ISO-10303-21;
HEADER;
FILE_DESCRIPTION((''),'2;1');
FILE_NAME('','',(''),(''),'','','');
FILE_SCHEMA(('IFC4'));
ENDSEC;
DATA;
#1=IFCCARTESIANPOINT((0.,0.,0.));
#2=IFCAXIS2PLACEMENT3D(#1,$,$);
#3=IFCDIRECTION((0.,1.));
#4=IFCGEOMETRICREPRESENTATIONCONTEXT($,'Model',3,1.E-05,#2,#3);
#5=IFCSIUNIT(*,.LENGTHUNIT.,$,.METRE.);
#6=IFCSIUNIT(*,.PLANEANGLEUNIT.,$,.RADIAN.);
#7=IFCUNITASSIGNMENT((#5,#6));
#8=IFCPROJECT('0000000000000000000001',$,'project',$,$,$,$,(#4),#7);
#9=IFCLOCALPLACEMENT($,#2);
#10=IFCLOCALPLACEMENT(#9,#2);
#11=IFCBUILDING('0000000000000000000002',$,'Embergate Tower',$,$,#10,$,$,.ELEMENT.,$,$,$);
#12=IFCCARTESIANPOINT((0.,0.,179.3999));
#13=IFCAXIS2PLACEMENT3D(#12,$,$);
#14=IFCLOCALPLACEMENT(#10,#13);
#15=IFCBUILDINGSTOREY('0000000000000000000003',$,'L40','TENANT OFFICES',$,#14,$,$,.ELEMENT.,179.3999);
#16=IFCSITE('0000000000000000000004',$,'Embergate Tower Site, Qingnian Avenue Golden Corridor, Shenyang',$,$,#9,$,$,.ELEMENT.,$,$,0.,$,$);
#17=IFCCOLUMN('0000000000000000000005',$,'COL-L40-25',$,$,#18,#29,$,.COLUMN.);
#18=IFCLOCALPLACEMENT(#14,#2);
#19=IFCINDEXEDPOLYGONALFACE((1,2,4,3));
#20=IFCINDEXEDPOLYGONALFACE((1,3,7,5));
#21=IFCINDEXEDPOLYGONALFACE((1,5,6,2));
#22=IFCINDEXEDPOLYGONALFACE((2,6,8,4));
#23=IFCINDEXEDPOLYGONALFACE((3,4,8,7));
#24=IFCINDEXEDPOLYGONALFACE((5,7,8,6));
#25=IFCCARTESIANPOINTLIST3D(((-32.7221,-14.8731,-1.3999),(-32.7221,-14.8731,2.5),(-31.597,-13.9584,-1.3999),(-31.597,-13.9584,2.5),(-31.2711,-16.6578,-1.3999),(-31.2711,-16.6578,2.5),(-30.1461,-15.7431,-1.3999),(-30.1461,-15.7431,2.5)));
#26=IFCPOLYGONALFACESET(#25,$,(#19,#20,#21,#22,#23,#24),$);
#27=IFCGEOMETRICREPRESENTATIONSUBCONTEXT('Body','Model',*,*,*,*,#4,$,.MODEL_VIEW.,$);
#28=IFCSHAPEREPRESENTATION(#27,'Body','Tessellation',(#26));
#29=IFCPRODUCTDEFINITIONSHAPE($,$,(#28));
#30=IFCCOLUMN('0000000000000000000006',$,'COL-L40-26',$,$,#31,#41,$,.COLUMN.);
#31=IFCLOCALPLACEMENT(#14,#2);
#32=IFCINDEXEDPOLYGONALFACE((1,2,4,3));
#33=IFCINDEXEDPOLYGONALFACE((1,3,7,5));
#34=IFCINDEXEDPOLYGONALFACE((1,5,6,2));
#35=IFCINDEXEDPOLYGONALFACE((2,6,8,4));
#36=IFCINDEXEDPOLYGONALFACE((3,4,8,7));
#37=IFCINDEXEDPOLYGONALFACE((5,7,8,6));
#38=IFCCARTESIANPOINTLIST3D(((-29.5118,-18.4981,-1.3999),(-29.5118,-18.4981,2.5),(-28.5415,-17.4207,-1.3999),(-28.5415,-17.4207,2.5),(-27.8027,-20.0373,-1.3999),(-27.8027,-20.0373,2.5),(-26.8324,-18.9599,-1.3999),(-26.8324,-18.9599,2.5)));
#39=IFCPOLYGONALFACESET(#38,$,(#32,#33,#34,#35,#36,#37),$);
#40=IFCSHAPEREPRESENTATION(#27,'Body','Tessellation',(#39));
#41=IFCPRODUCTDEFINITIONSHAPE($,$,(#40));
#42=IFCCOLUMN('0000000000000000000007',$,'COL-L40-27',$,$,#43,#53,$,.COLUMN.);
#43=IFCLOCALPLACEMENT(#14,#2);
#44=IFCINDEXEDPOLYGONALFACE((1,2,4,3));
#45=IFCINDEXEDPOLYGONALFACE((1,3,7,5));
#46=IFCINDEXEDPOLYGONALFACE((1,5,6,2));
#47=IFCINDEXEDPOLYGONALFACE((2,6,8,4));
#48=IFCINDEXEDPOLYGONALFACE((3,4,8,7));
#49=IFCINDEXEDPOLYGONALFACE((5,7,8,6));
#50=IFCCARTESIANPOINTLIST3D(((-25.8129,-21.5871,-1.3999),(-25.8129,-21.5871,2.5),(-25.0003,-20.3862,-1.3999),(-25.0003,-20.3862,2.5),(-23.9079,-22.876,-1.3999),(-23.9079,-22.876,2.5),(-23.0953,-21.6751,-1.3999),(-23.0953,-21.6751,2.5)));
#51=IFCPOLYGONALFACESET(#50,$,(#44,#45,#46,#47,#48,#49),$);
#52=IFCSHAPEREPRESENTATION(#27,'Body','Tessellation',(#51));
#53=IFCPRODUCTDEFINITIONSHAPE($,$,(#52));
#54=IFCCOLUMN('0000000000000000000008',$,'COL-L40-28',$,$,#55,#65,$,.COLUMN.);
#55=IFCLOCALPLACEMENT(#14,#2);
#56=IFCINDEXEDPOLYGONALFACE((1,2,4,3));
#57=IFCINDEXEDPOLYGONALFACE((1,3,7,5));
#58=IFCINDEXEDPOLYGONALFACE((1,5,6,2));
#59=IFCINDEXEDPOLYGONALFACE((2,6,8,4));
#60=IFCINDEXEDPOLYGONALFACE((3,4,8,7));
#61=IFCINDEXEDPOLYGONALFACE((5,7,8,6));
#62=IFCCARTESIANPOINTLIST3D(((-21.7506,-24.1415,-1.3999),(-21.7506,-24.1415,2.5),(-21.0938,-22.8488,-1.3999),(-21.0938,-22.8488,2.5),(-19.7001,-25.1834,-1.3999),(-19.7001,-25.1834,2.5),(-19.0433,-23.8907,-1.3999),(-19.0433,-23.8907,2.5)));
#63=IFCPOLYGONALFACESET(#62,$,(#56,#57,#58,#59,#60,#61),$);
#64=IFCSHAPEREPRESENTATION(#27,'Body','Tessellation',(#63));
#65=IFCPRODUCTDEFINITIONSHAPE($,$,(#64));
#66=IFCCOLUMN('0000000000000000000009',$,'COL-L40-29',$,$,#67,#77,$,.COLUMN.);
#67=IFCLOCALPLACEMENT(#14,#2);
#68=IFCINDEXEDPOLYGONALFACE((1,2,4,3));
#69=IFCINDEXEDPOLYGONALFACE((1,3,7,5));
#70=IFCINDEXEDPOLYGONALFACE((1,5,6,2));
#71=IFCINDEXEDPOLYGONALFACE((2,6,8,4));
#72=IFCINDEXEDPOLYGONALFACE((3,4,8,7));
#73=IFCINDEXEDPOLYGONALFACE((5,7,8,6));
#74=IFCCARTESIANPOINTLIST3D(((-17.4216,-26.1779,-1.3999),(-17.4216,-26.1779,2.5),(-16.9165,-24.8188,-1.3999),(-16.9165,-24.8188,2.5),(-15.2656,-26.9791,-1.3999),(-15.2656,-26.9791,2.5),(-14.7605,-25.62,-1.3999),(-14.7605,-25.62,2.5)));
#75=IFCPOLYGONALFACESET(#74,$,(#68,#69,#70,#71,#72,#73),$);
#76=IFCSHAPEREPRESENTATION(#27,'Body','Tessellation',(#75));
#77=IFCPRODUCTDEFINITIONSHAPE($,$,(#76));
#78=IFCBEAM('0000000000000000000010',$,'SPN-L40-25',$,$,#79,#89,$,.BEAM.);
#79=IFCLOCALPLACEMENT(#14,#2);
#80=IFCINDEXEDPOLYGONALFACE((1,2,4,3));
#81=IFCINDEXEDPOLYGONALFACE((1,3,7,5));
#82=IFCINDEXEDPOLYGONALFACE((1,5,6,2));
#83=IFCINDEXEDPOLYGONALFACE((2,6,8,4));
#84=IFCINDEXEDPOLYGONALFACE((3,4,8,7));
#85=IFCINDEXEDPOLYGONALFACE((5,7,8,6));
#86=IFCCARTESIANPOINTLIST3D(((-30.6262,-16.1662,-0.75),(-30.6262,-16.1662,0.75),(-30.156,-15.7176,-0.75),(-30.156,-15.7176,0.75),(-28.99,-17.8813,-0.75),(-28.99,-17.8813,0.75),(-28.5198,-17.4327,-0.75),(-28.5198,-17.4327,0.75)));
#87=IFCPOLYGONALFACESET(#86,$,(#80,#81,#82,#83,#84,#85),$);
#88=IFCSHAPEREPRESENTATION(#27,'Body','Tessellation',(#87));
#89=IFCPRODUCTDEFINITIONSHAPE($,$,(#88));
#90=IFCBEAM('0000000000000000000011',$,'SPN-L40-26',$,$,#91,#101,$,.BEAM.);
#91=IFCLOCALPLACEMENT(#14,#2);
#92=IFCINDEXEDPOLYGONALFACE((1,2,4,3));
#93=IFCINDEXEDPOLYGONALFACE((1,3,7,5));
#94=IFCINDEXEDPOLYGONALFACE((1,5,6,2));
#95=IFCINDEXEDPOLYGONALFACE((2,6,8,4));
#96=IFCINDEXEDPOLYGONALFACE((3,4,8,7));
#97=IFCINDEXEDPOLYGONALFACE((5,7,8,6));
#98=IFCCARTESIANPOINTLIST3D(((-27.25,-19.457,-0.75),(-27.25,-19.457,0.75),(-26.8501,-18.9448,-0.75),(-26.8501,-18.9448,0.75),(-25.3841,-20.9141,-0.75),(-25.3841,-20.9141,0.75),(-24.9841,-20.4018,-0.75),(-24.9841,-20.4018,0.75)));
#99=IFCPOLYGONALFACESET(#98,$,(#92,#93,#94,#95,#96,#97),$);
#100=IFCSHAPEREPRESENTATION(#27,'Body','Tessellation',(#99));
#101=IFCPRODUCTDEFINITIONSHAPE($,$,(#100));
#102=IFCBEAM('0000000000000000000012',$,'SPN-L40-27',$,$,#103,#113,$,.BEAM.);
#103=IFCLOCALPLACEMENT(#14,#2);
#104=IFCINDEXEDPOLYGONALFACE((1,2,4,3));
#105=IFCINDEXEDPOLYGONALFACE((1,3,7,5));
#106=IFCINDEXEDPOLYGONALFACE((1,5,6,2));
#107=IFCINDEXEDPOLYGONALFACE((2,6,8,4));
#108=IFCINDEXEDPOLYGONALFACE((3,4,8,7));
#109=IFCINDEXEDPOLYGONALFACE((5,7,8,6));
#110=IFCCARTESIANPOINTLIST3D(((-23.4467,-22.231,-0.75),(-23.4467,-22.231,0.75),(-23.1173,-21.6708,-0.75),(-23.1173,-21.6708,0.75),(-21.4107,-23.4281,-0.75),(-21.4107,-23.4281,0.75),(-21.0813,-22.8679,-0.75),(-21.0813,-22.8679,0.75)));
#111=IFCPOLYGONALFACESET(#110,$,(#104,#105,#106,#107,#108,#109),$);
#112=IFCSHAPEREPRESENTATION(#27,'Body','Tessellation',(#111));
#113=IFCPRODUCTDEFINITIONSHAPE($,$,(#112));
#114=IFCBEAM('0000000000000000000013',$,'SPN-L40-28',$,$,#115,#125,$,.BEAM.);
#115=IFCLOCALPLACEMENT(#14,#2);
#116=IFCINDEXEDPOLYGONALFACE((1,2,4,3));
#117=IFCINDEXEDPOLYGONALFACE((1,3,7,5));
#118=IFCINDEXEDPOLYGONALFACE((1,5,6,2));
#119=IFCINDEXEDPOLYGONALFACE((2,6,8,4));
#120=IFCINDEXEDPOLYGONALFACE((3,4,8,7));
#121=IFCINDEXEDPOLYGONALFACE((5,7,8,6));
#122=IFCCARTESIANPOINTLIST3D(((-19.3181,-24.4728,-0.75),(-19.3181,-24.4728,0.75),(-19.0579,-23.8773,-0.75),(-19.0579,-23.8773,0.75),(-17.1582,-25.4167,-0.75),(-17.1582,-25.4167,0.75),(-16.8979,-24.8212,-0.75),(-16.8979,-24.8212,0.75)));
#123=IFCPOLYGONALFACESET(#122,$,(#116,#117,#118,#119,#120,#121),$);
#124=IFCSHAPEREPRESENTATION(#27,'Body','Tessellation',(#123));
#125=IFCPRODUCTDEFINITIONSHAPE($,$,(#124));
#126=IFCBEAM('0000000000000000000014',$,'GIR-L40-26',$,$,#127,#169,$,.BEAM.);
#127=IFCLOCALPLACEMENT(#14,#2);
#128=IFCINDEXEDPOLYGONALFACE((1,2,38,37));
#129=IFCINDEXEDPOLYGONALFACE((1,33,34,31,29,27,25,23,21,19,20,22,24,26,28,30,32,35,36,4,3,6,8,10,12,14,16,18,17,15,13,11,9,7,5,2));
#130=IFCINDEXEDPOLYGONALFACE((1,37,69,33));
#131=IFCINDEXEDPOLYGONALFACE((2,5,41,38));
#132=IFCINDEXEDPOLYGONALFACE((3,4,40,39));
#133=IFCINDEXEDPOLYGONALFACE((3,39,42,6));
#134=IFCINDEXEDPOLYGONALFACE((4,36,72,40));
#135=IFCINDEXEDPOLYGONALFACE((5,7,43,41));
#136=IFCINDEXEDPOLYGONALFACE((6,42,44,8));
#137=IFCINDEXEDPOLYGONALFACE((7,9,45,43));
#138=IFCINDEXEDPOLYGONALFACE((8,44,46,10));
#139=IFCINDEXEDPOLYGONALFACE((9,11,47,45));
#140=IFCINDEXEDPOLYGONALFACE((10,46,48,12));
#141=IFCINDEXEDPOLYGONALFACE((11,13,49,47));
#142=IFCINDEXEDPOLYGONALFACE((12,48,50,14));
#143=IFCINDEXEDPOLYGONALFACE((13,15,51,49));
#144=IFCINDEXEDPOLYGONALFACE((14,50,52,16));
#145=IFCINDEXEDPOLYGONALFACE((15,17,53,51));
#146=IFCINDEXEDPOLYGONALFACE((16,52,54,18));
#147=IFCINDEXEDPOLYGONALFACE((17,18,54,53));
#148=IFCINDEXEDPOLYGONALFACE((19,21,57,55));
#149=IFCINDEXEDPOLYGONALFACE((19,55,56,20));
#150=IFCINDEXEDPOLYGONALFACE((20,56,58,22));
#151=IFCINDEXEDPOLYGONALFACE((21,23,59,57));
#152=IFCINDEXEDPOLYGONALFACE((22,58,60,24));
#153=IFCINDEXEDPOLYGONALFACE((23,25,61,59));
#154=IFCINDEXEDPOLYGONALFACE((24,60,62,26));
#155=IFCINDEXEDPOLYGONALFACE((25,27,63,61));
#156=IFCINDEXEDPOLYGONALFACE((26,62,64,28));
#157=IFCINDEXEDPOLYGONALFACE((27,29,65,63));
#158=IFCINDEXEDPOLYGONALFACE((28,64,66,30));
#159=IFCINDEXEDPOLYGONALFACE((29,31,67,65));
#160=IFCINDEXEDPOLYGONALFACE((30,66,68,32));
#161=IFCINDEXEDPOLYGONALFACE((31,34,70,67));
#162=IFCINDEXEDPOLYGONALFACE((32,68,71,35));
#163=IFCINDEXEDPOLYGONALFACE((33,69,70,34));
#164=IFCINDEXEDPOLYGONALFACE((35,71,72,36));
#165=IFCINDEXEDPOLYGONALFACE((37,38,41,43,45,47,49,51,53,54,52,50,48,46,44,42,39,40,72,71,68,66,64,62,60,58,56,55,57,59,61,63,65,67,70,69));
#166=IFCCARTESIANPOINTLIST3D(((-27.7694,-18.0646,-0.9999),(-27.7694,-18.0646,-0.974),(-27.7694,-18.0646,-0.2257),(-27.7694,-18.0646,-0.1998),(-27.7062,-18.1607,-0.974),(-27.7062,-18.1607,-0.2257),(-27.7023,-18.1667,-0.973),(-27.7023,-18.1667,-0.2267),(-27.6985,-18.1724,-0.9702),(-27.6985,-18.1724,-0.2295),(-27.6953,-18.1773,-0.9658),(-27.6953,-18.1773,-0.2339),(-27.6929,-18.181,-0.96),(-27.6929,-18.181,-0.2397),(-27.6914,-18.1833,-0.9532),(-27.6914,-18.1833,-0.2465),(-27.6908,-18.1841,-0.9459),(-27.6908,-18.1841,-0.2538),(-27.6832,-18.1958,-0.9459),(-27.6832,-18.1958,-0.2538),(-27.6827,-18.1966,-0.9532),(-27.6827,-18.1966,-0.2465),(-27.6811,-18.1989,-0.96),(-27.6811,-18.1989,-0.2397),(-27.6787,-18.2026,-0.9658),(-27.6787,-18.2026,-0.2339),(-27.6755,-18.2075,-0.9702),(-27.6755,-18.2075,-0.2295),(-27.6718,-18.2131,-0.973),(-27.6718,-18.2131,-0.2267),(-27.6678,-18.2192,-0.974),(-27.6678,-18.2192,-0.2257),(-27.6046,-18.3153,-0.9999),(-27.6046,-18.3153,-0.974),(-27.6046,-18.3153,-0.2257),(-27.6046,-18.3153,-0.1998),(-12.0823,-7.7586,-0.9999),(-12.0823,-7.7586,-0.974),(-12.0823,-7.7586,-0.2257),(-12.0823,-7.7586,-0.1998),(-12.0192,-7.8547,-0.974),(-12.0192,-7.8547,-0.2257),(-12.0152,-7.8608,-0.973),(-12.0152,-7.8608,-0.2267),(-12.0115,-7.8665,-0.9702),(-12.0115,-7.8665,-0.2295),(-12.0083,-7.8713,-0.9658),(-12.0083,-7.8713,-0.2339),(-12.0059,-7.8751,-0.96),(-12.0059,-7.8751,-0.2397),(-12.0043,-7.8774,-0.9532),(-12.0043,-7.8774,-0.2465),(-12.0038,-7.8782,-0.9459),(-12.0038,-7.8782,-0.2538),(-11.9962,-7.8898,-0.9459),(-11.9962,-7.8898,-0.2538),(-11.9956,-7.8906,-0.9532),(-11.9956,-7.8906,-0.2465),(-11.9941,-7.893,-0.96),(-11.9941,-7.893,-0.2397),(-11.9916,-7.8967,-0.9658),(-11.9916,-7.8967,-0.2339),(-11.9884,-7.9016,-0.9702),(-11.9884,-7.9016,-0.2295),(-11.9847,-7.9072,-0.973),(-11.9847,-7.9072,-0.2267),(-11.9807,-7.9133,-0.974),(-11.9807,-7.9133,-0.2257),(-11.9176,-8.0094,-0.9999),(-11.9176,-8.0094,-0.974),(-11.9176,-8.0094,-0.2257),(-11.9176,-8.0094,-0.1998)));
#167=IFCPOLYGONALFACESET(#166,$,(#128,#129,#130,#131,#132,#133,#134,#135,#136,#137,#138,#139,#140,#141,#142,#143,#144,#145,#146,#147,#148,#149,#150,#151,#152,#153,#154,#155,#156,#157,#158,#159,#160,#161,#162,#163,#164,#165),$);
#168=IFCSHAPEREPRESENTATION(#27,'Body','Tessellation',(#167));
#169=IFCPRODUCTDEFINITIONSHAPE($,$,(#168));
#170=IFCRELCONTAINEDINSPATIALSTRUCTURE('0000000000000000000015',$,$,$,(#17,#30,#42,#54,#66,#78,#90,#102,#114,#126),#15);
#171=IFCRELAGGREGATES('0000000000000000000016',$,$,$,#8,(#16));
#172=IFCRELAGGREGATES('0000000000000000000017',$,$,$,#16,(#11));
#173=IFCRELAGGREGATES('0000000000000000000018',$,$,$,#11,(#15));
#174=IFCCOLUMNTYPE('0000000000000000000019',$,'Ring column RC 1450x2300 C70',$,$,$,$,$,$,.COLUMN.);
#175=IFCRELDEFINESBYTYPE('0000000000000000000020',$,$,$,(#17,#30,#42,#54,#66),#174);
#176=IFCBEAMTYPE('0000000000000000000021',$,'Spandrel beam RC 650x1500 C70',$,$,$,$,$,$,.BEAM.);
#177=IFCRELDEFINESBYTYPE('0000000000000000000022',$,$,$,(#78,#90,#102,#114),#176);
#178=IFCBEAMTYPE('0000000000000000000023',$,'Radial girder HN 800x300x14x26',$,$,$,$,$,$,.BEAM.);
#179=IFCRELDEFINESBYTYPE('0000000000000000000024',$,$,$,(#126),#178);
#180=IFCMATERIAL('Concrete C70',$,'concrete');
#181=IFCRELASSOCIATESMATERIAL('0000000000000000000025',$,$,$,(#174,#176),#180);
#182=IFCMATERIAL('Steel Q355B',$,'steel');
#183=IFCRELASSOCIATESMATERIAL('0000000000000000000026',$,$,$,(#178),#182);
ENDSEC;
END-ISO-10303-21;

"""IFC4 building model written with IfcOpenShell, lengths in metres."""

from ifc_helpers import new_model, si_unit, direction, frame, origin, origin_2d, place, context, subcontext, project, spatial, rectangle, i_section, extrude, source, transform, mapped, material, material_profile, profile_set, type_object, element, save


model = new_model("IFC4")

# Units and contexts
model_context = context("Model", 3, precision=1e-05, world=origin(), true_north=direction((0.0, 1.0)))
body_context = subcontext(model_context, "Body", "Model", "MODEL_VIEW")
ifc_project = project(units=[si_unit("LENGTHUNIT", "METRE"), si_unit("PLANEANGLEUNIT", "RADIAN")], contexts=[model_context])

# Site, building, storey
site_placement = place(None, origin())
site = spatial("IfcSite", under=ifc_project, at=site_placement, Name="Embergate Tower Site, Qingnian Avenue Golden Corridor, Shenyang", CompositionType="ELEMENT", RefElevation=0.0)
building_placement = place(site_placement, origin())
building = spatial("IfcBuilding", under=site, at=building_placement, Name="Embergate Tower", CompositionType="ELEMENT")
storey_placement = place(building_placement, frame((0.0, 0.0, 179.3999)))
storey = spatial("IfcBuildingStorey", under=building, at=storey_placement, Name="L40", Description="TENANT OFFICES", CompositionType="ELEMENT", Elevation=179.3999)

# Columns
ifc_material_1 = material(Name="Concrete C70", Category="concrete")
ifc_material_profile_1 = material_profile(ifc_material_1, rectangle(XDim=1.45, YDim=2.3, at=origin_2d()), Name="RC 1450x2300")
ifc_profile_set_1 = profile_set([ifc_material_profile_1], Name="Concrete C70")
column_type = type_object("IfcColumnType", Name="Ring column RC 1450x2300 C70", PredefinedType="COLUMN", material=ifc_profile_set_1)
shared_shape_1 = source(origin(), body_context, "Body", "SweptSolid", [
    extrude(rectangle(XDim=1.45, YDim=2.3, at=origin_2d()), origin(), (0.0, 0.0, 1.0), 3.8999),
])
for number, where, z_axis, x_axis, name in (
    (1, (-31.4341, -15.3081, -1.3999), (0.0, 0.0, 1.0), (-0.775914, -0.630838, 0.0), "COL-L40-25"),
    (2, (-28.1721, -18.729, -1.3999), (0.0, 0.0, 1.0), (-0.669208, -0.743075, 0.0), "COL-L40-26"),
    (3, (-24.4541, -21.6311, -1.3999), (0.0, 0.0, 1.0), (-0.560393, -0.828227, 0.0), "COL-L40-27"),
    (4, (-20.397, -24.0161, -1.3999), (0.0, 0.0, 1.0), (-0.452995, -0.891513, 0.0), "COL-L40-28"),
    (5, (-16.0911, -25.8989, -1.3999), (0.0, 0.0, 1.0), (-0.348343, -0.937367, 0.0), "COL-L40-29"),
):
    element("IfcColumn", number, at=place(storey_placement, frame(where, z_axis=z_axis, x_axis=x_axis)), inside=storey, type_object=column_type, Name=name, PredefinedType="COLUMN", context=body_context, shape_type="MappedRepresentation", body=[
        mapped(shared_shape_1, transform((0.0, 0.0, 0.0))),
    ])

# Beams
ifc_material_profile_2 = material_profile(ifc_material_1, rectangle(XDim=0.6499, YDim=1.5, at=origin_2d()), Name="RC 650x1500")
ifc_profile_set_2 = profile_set([ifc_material_profile_2], Name="Concrete C70")
beam_type_1 = type_object("IfcBeamType", Name="Spandrel beam RC 650x1500 C70", PredefinedType="BEAM", material=ifc_profile_set_2)
shared_shape_2 = source(origin(), body_context, "Body", "SweptSolid", [
    extrude(rectangle(XDim=0.6499, YDim=1.5, at=origin_2d()), origin(), (0.0, 0.0, 1.0), 2.3704),
])
beam_1_placement = place(storey_placement, frame((-30.3911, -15.9419, 0.0), z_axis=(0.690277, -0.723545, 0.0), x_axis=(0.723545, 0.690277, 0.0)))
element("IfcBeam", 6, at=beam_1_placement, inside=storey, type_object=beam_type_1, Name="SPN-L40-25", PredefinedType="BEAM", context=body_context, shape_type="MappedRepresentation", body=[
    mapped(shared_shape_2, transform((0.0, 0.0, 0.0))),
])
shared_shape_3 = source(origin(), body_context, "Body", "SweptSolid", [
    extrude(rectangle(XDim=0.6499, YDim=1.5, at=origin_2d()), origin(), (0.0, 0.0, 1.0), 2.3674),
])
beam_2_placement = place(storey_placement, frame((-27.05, -19.2009, 0.0), z_axis=(0.788179, -0.615446, 0.0), x_axis=(0.615446, 0.788179, 0.0)))
element("IfcBeam", 7, at=beam_2_placement, inside=storey, type_object=beam_type_1, Name="SPN-L40-26", PredefinedType="BEAM", context=body_context, shape_type="MappedRepresentation", body=[
    mapped(shared_shape_3, transform((0.0, 0.0, 0.0))),
])
shared_shape_4 = source(origin(), body_context, "Body", "SweptSolid", [
    extrude(rectangle(XDim=0.6499, YDim=1.5, at=origin_2d()), origin(), (0.0, 0.0, 1.0), 2.3618),
])
beam_3_placement = place(storey_placement, frame((-23.282, -21.9509, 0.0), z_axis=(0.862038, -0.506844, 0.0), x_axis=(0.506844, 0.862038, 0.0)))
element("IfcBeam", 8, at=beam_3_placement, inside=storey, type_object=beam_type_1, Name="SPN-L40-27", PredefinedType="BEAM", context=body_context, shape_type="MappedRepresentation", body=[
    mapped(shared_shape_4, transform((0.0, 0.0, 0.0))),
])
shared_shape_5 = source(origin(), body_context, "Body", "SweptSolid", [
    extrude(rectangle(XDim=0.6499, YDim=1.5, at=origin_2d()), origin(), (0.0, 0.0, 1.0), 2.3572),
])
beam_4_placement = place(storey_placement, frame((-19.188, -24.175, 0.0), z_axis=(0.916331, -0.400422, 0.0), x_axis=(0.400422, 0.916331, 0.0)))
element("IfcBeam", 9, at=beam_4_placement, inside=storey, type_object=beam_type_1, Name="SPN-L40-28", PredefinedType="BEAM", context=body_context, shape_type="MappedRepresentation", body=[
    mapped(shared_shape_5, transform((0.0, 0.0, 0.0))),
])
ifc_material_2 = material(Name="Steel Q355B", Category="steel")
ifc_material_profile_3 = material_profile(ifc_material_2, i_section(OverallWidth=0.3, OverallDepth=0.8, WebThickness=0.0139, FlangeThickness=0.0259, FilletRadius=0.0281, at=origin_2d()), Name="HN 800x300x14x26")
ifc_profile_set_3 = profile_set([ifc_material_profile_3], Name="Steel Q355 grade B")
beam_type_2 = type_object("IfcBeamType", Name="Radial girder HN 800x300x14x26", PredefinedType="BEAM", material=ifc_profile_set_3)
shared_shape_6 = source(origin(), body_context, "Body", "SweptSolid", [
    extrude(i_section(OverallWidth=0.3, OverallDepth=0.8, WebThickness=0.0139, FlangeThickness=0.0259, FilletRadius=0.0281, at=origin_2d()), origin(), (0.0, 0.0, 1.0), 18.7695),
])
beam_5_placement = place(storey_placement, frame((-27.687, -18.1899, -0.5999), z_axis=(0.835771, 0.549077, 0.0), x_axis=(-0.549077, 0.835771, 0.0)))
element("IfcBeam", 10, at=beam_5_placement, inside=storey, type_object=beam_type_2, Name="GIR-L40-26", PredefinedType="BEAM", context=body_context, shape_type="MappedRepresentation", body=[
    mapped(shared_shape_6, transform((0.0, 0.0, 0.0))),
])

save(model, "model.ifc")
